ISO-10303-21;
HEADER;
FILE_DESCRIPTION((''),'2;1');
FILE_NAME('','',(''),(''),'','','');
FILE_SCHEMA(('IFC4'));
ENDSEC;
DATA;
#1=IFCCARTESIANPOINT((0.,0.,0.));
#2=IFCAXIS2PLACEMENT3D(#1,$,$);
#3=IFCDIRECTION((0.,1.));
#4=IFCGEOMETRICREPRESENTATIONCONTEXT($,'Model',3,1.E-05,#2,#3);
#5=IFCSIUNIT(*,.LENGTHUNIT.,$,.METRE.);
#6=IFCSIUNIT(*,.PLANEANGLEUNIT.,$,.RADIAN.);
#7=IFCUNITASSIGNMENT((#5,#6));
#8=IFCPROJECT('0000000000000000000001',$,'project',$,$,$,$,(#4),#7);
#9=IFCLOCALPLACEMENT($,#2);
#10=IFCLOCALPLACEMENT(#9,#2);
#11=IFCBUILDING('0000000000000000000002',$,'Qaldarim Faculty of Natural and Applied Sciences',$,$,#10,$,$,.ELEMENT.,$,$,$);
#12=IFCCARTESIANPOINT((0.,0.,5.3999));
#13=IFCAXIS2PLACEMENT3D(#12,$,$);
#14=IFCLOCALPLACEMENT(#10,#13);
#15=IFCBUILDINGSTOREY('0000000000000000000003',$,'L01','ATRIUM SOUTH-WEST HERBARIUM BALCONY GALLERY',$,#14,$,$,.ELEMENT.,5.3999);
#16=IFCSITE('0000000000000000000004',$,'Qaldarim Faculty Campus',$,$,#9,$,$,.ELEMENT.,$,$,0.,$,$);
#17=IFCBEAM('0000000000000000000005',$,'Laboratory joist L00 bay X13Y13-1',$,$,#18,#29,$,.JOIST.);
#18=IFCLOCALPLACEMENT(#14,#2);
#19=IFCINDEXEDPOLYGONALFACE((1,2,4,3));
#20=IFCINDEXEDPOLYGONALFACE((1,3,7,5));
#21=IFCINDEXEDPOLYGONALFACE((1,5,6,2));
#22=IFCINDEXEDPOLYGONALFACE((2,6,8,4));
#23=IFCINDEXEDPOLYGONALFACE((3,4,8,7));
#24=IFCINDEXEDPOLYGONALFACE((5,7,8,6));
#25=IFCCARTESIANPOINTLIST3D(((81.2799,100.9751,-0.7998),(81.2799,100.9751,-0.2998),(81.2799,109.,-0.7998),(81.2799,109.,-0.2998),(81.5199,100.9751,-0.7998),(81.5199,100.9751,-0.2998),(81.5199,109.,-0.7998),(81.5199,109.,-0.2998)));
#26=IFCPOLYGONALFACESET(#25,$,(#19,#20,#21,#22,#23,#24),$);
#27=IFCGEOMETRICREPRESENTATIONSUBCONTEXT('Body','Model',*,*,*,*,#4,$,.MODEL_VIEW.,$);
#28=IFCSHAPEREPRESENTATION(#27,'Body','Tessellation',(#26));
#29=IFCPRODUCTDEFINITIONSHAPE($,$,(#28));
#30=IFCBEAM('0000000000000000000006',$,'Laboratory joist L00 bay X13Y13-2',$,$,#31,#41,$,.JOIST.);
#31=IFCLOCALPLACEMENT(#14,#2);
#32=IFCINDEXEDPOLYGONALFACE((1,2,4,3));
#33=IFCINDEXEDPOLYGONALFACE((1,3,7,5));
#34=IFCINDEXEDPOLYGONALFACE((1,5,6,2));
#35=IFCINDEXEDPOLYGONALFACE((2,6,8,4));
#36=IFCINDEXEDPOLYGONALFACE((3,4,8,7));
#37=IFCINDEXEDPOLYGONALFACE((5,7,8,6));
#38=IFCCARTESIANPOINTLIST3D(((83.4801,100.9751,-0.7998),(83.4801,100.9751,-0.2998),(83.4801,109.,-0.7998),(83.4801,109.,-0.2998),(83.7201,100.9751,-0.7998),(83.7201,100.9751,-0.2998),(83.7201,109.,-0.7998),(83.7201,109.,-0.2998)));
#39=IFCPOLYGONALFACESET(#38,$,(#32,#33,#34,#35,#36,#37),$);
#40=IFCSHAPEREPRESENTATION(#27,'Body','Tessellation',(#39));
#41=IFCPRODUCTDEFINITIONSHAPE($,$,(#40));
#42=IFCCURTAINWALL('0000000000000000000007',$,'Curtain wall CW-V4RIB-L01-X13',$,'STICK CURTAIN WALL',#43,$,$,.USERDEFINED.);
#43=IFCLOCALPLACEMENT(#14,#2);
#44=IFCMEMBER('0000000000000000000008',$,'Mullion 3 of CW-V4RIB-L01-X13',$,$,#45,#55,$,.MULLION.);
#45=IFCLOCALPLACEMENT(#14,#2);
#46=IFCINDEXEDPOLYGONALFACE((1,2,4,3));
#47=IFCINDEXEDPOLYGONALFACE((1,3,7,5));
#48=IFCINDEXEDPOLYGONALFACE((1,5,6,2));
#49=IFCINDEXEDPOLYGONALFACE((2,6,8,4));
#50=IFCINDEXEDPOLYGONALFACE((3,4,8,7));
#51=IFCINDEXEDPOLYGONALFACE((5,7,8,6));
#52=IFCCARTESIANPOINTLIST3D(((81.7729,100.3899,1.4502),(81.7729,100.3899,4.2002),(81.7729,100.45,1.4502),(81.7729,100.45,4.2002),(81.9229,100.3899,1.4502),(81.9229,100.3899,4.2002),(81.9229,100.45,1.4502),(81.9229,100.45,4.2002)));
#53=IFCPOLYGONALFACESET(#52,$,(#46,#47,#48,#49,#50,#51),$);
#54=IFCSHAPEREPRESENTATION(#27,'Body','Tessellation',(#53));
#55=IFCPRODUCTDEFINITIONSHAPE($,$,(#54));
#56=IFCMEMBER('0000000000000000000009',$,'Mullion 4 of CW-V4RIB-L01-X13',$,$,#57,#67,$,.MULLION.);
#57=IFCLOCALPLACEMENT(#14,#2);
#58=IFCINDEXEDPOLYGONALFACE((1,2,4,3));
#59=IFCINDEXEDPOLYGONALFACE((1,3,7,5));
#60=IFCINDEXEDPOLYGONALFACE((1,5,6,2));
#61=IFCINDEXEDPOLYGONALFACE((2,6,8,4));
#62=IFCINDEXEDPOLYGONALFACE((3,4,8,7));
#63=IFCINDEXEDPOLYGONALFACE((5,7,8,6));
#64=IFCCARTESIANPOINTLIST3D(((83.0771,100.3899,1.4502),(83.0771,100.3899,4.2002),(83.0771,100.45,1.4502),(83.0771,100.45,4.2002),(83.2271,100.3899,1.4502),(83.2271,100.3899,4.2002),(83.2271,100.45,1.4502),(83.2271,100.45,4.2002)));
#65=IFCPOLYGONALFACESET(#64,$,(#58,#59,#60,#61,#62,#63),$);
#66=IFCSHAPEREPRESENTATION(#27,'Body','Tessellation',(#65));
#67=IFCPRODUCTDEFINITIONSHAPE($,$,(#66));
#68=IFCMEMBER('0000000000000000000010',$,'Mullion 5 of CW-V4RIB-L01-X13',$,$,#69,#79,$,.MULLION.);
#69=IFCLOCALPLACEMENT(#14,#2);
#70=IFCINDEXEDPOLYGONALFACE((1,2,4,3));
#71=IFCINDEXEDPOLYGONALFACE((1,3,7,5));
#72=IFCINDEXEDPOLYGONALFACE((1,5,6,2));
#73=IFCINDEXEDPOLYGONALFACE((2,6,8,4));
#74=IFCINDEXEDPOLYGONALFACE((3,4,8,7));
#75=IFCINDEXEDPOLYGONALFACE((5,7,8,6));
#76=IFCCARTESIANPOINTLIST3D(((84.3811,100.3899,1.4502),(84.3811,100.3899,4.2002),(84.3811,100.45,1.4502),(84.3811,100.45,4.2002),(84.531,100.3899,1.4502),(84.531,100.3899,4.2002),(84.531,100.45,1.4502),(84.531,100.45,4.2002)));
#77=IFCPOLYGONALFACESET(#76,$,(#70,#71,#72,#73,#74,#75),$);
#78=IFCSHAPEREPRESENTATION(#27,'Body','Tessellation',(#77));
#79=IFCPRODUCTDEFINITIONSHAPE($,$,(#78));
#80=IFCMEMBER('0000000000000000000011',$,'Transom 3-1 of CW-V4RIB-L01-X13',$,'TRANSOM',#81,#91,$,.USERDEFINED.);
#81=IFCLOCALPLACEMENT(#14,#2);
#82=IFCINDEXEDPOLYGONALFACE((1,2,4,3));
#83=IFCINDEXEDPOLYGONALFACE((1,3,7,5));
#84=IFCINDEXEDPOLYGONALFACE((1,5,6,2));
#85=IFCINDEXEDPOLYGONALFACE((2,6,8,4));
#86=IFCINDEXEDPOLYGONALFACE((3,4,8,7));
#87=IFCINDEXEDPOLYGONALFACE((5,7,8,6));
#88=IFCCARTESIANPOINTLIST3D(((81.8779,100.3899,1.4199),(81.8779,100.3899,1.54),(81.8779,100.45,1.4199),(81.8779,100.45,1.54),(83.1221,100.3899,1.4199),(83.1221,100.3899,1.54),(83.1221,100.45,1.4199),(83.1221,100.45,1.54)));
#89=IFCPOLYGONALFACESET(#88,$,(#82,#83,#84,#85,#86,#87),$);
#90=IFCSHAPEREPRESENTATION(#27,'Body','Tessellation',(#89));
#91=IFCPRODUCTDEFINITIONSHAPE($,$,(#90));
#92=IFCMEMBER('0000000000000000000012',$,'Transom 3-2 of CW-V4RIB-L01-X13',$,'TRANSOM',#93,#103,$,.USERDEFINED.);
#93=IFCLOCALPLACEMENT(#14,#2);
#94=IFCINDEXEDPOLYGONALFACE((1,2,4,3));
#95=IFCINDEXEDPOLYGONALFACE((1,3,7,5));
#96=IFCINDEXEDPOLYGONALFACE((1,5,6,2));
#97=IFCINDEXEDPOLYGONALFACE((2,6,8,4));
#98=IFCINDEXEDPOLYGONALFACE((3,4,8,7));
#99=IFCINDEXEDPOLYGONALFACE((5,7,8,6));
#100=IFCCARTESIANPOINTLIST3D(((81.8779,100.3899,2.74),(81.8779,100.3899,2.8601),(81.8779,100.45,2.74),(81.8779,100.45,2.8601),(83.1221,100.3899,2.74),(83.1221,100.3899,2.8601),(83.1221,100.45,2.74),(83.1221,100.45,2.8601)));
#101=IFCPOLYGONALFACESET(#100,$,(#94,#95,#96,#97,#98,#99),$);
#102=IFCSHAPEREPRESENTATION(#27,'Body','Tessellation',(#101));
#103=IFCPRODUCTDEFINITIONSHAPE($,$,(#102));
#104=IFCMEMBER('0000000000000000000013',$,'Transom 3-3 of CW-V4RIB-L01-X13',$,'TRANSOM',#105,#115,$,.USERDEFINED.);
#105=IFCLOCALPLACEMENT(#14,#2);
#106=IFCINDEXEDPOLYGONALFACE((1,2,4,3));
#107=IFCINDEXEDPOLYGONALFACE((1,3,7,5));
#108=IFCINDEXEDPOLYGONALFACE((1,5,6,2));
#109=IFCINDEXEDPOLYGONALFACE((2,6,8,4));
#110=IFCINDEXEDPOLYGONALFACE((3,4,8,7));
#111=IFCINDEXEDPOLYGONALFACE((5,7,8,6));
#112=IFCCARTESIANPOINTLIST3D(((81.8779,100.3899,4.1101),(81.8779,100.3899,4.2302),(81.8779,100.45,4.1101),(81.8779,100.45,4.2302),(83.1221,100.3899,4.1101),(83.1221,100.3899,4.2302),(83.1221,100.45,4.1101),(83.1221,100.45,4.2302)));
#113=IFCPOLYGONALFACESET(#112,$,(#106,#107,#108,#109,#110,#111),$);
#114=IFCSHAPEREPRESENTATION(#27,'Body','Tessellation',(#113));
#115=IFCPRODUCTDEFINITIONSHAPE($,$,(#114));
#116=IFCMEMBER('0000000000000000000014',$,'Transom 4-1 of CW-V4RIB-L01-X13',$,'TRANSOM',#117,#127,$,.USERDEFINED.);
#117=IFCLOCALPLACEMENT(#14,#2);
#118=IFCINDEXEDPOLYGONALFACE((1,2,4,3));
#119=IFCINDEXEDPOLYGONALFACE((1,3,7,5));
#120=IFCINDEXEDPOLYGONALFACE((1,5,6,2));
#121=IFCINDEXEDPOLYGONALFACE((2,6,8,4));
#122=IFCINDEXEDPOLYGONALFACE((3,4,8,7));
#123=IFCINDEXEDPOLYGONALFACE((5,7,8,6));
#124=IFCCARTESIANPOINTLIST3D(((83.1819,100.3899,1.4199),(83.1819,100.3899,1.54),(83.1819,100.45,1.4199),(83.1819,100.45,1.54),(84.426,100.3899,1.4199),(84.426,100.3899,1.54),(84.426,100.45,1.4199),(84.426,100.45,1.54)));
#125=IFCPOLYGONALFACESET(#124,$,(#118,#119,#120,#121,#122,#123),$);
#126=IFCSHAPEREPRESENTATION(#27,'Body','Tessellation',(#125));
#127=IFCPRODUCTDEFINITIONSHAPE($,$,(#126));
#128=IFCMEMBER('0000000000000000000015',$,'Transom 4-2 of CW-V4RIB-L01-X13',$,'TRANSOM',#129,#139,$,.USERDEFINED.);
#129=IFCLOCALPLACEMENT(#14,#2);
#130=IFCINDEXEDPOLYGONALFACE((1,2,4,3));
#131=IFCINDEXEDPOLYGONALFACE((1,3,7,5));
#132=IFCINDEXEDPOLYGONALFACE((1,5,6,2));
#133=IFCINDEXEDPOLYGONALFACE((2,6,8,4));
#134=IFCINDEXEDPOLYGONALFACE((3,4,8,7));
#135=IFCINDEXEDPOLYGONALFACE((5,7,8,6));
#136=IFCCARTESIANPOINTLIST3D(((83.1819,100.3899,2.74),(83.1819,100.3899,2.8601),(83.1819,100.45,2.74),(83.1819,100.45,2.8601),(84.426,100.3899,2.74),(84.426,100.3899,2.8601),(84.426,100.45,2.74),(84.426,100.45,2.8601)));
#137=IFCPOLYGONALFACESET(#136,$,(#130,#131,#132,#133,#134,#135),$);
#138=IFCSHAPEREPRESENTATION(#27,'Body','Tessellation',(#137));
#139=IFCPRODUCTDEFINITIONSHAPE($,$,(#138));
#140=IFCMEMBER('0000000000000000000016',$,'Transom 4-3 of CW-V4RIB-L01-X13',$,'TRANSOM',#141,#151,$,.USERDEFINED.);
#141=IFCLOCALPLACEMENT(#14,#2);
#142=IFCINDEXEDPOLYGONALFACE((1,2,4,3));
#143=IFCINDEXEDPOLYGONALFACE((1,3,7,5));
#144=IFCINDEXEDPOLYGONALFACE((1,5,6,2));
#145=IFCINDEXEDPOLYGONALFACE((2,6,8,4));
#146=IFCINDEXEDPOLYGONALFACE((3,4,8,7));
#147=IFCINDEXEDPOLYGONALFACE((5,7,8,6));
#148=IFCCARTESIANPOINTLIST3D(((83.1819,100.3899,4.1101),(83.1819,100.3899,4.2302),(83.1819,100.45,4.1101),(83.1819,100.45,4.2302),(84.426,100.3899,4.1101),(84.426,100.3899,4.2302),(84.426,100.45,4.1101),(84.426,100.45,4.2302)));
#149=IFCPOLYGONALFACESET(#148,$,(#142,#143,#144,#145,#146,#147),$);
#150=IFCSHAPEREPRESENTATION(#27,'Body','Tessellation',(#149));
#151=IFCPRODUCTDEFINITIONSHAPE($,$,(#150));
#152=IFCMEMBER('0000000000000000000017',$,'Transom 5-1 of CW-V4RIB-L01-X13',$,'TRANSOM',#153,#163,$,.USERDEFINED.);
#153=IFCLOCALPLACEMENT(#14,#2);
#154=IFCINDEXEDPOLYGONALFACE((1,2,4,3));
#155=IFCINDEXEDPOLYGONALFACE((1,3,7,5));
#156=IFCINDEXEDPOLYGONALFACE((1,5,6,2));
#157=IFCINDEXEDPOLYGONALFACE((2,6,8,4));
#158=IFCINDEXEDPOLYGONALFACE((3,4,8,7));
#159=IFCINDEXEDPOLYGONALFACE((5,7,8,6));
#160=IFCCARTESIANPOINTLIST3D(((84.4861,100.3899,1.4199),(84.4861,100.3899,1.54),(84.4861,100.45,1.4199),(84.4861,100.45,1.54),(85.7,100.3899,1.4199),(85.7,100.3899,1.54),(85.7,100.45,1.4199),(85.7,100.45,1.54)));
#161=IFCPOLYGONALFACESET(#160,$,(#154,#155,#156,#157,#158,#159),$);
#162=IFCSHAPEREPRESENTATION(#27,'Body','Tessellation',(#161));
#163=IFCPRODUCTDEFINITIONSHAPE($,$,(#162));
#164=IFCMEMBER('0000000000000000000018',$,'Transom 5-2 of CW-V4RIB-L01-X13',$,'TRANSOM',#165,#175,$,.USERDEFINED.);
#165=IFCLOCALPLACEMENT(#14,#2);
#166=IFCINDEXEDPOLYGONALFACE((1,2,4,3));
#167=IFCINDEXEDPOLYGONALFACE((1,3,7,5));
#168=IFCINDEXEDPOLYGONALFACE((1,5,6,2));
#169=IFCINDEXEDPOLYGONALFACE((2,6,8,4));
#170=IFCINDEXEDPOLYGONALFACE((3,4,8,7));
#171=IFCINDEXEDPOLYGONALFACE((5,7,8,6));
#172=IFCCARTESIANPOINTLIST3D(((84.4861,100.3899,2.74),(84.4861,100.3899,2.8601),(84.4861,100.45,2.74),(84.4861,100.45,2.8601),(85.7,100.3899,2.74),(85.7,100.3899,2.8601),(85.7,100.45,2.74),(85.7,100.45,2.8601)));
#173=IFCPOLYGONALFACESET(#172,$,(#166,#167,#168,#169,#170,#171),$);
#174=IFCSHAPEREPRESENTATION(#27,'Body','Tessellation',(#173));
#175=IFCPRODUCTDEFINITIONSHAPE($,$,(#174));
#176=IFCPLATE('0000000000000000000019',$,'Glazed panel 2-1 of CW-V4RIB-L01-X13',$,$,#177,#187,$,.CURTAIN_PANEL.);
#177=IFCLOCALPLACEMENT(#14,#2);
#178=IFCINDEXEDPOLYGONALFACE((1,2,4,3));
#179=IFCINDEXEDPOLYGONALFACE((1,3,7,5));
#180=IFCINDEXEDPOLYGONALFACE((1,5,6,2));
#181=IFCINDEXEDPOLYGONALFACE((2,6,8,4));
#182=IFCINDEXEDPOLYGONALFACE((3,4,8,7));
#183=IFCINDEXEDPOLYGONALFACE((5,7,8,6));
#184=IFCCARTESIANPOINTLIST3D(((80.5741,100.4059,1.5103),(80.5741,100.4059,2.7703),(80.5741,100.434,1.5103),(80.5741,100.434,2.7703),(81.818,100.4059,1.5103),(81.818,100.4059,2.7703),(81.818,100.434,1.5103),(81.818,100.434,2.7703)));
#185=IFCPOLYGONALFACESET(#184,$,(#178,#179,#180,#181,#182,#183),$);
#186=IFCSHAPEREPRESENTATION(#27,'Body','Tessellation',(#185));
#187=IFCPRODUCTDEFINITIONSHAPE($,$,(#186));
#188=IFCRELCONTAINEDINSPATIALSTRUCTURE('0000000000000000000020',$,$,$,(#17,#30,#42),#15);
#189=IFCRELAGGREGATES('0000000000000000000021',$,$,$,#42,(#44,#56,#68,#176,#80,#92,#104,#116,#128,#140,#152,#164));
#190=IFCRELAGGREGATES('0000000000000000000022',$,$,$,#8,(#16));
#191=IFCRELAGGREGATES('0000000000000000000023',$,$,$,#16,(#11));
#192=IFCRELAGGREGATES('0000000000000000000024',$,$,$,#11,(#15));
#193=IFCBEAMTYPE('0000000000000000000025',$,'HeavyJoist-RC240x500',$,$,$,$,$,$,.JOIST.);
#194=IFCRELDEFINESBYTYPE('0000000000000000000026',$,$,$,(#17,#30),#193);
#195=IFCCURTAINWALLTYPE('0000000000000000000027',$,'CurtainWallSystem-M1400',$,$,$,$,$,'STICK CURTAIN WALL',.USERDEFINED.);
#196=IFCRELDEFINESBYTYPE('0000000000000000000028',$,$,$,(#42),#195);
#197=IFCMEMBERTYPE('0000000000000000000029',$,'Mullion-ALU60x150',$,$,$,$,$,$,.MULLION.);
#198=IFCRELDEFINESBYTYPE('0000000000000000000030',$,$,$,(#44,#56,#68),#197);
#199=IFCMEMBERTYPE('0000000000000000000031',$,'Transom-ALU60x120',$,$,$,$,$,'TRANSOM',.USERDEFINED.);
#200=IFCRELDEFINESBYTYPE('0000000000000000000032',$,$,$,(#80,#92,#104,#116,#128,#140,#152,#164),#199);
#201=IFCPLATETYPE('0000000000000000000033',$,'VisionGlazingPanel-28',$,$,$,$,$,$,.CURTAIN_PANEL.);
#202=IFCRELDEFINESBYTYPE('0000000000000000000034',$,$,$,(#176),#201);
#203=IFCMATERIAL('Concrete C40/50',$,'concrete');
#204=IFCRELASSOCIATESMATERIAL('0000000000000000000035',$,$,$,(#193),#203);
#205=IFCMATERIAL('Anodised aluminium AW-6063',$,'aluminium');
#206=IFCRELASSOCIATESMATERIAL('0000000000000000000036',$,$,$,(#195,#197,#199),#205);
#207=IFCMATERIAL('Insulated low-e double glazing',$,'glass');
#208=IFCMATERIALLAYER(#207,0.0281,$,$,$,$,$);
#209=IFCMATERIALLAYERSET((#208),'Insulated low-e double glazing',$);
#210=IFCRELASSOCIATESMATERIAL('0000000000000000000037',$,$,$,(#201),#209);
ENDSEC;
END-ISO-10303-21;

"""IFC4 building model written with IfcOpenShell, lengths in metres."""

from ifc_helpers import new_model, si_unit, direction, frame, origin, origin_2d, place, context, subcontext, project, spatial, rectangle, extrude, material, layer, layer_set, material_profile, profile_set, type_object, element, aggregate, save


model = new_model("IFC4")

# Units and contexts
model_context = context("Model", 3, precision=1e-05, world=origin(), true_north=direction((0.0, 1.0)))
body_context = subcontext(model_context, "Body", "Model", "MODEL_VIEW")
ifc_project = project(units=[si_unit("LENGTHUNIT", "METRE"), si_unit("PLANEANGLEUNIT", "RADIAN")], contexts=[model_context])

# Site, building, storey
site_placement = place(None, origin())
site = spatial("IfcSite", under=ifc_project, at=site_placement, Name="Qaldarim Faculty Campus", CompositionType="ELEMENT", RefElevation=0.0)
building_placement = place(site_placement, origin())
building = spatial("IfcBuilding", under=site, at=building_placement, Name="Qaldarim Faculty of Natural and Applied Sciences", CompositionType="ELEMENT")
storey_placement = place(building_placement, frame((0.0, 0.0, 5.3999)))
storey = spatial("IfcBuildingStorey", under=building, at=storey_placement, Name="L01", Description="ATRIUM SOUTH-WEST HERBARIUM BALCONY GALLERY", CompositionType="ELEMENT", Elevation=5.3999)

# Beams
ifc_material_1 = material(Name="Concrete C40/50", Category="concrete")
ifc_material_profile_1 = material_profile(ifc_material_1, rectangle(XDim=0.24, YDim=0.5, at=origin_2d()), Name="RC-J240x500")
ifc_profile_set_1 = profile_set([ifc_material_profile_1], Name="Concrete C40/50")
beam_type = type_object("IfcBeamType", Name="HeavyJoist-RC240x500", PredefinedType="JOIST", material=ifc_profile_set_1)
for number, where, z_axis, x_axis, name in (
    (1, (81.3999, 100.9751, -0.5498), (0.0, 1.0, 0.0), (-1.0, 0.0, 0.0), "Laboratory joist L00 bay X13Y13-1"),
    (2, (83.6001, 100.9751, -0.5498), (0.0, 1.0, 0.0), (-1.0, 0.0, 0.0), "Laboratory joist L00 bay X13Y13-2"),
):
    element("IfcBeam", number, at=place(storey_placement, frame(where, z_axis=z_axis, x_axis=x_axis)), inside=storey, type_object=beam_type, Name=name, PredefinedType="JOIST", context=body_context, shape_type="SweptSolid", body=[
        extrude(rectangle(XDim=0.24, YDim=0.5, at=origin_2d()), origin(), (0.0, 0.0, 1.0), 8.0249),
    ])

# Curtain wall, members, plate
ifc_material_2 = material(Name="Anodised aluminium AW-6063", Category="aluminium")
curtain_wall_type = type_object("IfcCurtainWallType", Name="CurtainWallSystem-M1400", ElementType="STICK CURTAIN WALL", PredefinedType="USERDEFINED", material=ifc_material_2)
curtain_wall_placement = place(storey_placement, origin())
curtain_wall = element("IfcCurtainWall", 3, at=curtain_wall_placement, inside=storey, type_object=curtain_wall_type, Name="Curtain wall CW-V4RIB-L01-X13", ObjectType="STICK CURTAIN WALL", PredefinedType="USERDEFINED")
ifc_material_profile_2 = material_profile(ifc_material_2, rectangle(XDim=0.0601, YDim=0.1499, at=origin_2d()), Name="ALU-M60x150")
ifc_profile_set_2 = profile_set([ifc_material_profile_2], Name="Anodised aluminium AW-6063")
member_type_1 = type_object("IfcMemberType", Name="Mullion-ALU60x150", PredefinedType="MULLION", material=ifc_profile_set_2)
member_1_placement = place(storey_placement, frame((81.8479, 100.4199, 1.4502), z_axis=(0.0, 0.0, 1.0), x_axis=(0.0, 1.0, 0.0)))
member_1 = element("IfcMember", 4, at=member_1_placement, type_object=member_type_1, Name="Mullion 3 of CW-V4RIB-L01-X13", PredefinedType="MULLION", context=body_context, shape_type="SweptSolid", body=[
    extrude(rectangle(XDim=0.0601, YDim=0.1499, at=origin_2d()), origin(), (0.0, 0.0, 1.0), 2.75),
])
member_2_placement = place(storey_placement, frame((83.1521, 100.4199, 1.4502), z_axis=(0.0, 0.0, 1.0), x_axis=(0.0, 1.0, 0.0)))
member_2 = element("IfcMember", 5, at=member_2_placement, type_object=member_type_1, Name="Mullion 4 of CW-V4RIB-L01-X13", PredefinedType="MULLION", context=body_context, shape_type="SweptSolid", body=[
    extrude(rectangle(XDim=0.0601, YDim=0.1499, at=origin_2d()), origin(), (0.0, 0.0, 1.0), 2.75),
])
member_3_placement = place(storey_placement, frame((84.4561, 100.4199, 1.4502), z_axis=(0.0, 0.0, 1.0), x_axis=(0.0, 1.0, 0.0)))
member_3 = element("IfcMember", 6, at=member_3_placement, type_object=member_type_1, Name="Mullion 5 of CW-V4RIB-L01-X13", PredefinedType="MULLION", context=body_context, shape_type="SweptSolid", body=[
    extrude(rectangle(XDim=0.0601, YDim=0.1499, at=origin_2d()), origin(), (0.0, 0.0, 1.0), 2.75),
])
ifc_material_profile_3 = material_profile(ifc_material_2, rectangle(XDim=0.0601, YDim=0.1201, at=origin_2d()), Name="ALU-T60x120")
ifc_profile_set_3 = profile_set([ifc_material_profile_3], Name="Anodised aluminium AW-6063")
member_type_2 = type_object("IfcMemberType", Name="Transom-ALU60x120", ElementType="TRANSOM", PredefinedType="USERDEFINED", material=ifc_profile_set_3)
member_4_placement = place(storey_placement, frame((81.8779, 100.4199, 1.48), z_axis=(1.0, 0.0, 0.0), x_axis=(0.0, 1.0, 0.0)))
member_4 = element("IfcMember", 7, at=member_4_placement, type_object=member_type_2, Name="Transom 3-1 of CW-V4RIB-L01-X13", ObjectType="TRANSOM", PredefinedType="USERDEFINED", context=body_context, shape_type="SweptSolid", body=[
    extrude(rectangle(XDim=0.0601, YDim=0.1201, at=origin_2d()), origin(), (0.0, 0.0, 1.0), 1.2441),
])
member_5_placement = place(storey_placement, frame((81.8779, 100.4199, 2.8), z_axis=(1.0, 0.0, 0.0), x_axis=(0.0, 1.0, 0.0)))
member_5 = element("IfcMember", 8, at=member_5_placement, type_object=member_type_2, Name="Transom 3-2 of CW-V4RIB-L01-X13", ObjectType="TRANSOM", PredefinedType="USERDEFINED", context=body_context, shape_type="SweptSolid", body=[
    extrude(rectangle(XDim=0.0601, YDim=0.1201, at=origin_2d()), origin(), (0.0, 0.0, 1.0), 1.2441),
])
member_6_placement = place(storey_placement, frame((81.8779, 100.4199, 4.1702), z_axis=(1.0, 0.0, 0.0), x_axis=(0.0, 1.0, 0.0)))
member_6 = element("IfcMember", 9, at=member_6_placement, type_object=member_type_2, Name="Transom 3-3 of CW-V4RIB-L01-X13", ObjectType="TRANSOM", PredefinedType="USERDEFINED", context=body_context, shape_type="SweptSolid", body=[
    extrude(rectangle(XDim=0.0601, YDim=0.1201, at=origin_2d()), origin(), (0.0, 0.0, 1.0), 1.2441),
])
member_7_placement = place(storey_placement, frame((83.1819, 100.4199, 1.48), z_axis=(1.0, 0.0, 0.0), x_axis=(0.0, 1.0, 0.0)))
member_7 = element("IfcMember", 10, at=member_7_placement, type_object=member_type_2, Name="Transom 4-1 of CW-V4RIB-L01-X13", ObjectType="TRANSOM", PredefinedType="USERDEFINED", context=body_context, shape_type="SweptSolid", body=[
    extrude(rectangle(XDim=0.0601, YDim=0.1201, at=origin_2d()), origin(), (0.0, 0.0, 1.0), 1.2441),
])
member_8_placement = place(storey_placement, frame((83.1819, 100.4199, 2.8), z_axis=(1.0, 0.0, 0.0), x_axis=(0.0, 1.0, 0.0)))
member_8 = element("IfcMember", 11, at=member_8_placement, type_object=member_type_2, Name="Transom 4-2 of CW-V4RIB-L01-X13", ObjectType="TRANSOM", PredefinedType="USERDEFINED", context=body_context, shape_type="SweptSolid", body=[
    extrude(rectangle(XDim=0.0601, YDim=0.1201, at=origin_2d()), origin(), (0.0, 0.0, 1.0), 1.2441),
])
member_9_placement = place(storey_placement, frame((83.1819, 100.4199, 4.1702), z_axis=(1.0, 0.0, 0.0), x_axis=(0.0, 1.0, 0.0)))
member_9 = element("IfcMember", 12, at=member_9_placement, type_object=member_type_2, Name="Transom 4-3 of CW-V4RIB-L01-X13", ObjectType="TRANSOM", PredefinedType="USERDEFINED", context=body_context, shape_type="SweptSolid", body=[
    extrude(rectangle(XDim=0.0601, YDim=0.1201, at=origin_2d()), origin(), (0.0, 0.0, 1.0), 1.2441),
])
member_10_placement = place(storey_placement, frame((84.4861, 100.4199, 1.48), z_axis=(1.0, 0.0, 0.0), x_axis=(0.0, 1.0, 0.0)))
member_10 = element("IfcMember", 13, at=member_10_placement, type_object=member_type_2, Name="Transom 5-1 of CW-V4RIB-L01-X13", ObjectType="TRANSOM", PredefinedType="USERDEFINED", context=body_context, shape_type="SweptSolid", body=[
    extrude(rectangle(XDim=0.0601, YDim=0.1201, at=origin_2d()), origin(), (0.0, 0.0, 1.0), 1.2139),
])
member_11_placement = place(storey_placement, frame((84.4861, 100.4199, 2.8), z_axis=(1.0, 0.0, 0.0), x_axis=(0.0, 1.0, 0.0)))
member_11 = element("IfcMember", 14, at=member_11_placement, type_object=member_type_2, Name="Transom 5-2 of CW-V4RIB-L01-X13", ObjectType="TRANSOM", PredefinedType="USERDEFINED", context=body_context, shape_type="SweptSolid", body=[
    extrude(rectangle(XDim=0.0601, YDim=0.1201, at=origin_2d()), origin(), (0.0, 0.0, 1.0), 1.2139),
])
ifc_material_3 = material(Name="Insulated low-e double glazing", Category="glass")
ifc_layer_1 = layer(ifc_material_3, 0.0281)
ifc_layer_set_1 = layer_set([ifc_layer_1], Name="Insulated low-e double glazing")
plate_type = type_object("IfcPlateType", Name="VisionGlazingPanel-28", PredefinedType="CURTAIN_PANEL", material=ifc_layer_set_1)
plate_1_placement = place(storey_placement, frame((81.196, 100.4199, 1.5103), z_axis=(0.0, 0.0, 1.0), x_axis=(1.0, 0.0, 0.0)))
plate_1 = element("IfcPlate", 15, at=plate_1_placement, type_object=plate_type, Name="Glazed panel 2-1 of CW-V4RIB-L01-X13", PredefinedType="CURTAIN_PANEL", context=body_context, shape_type="SweptSolid", body=[
    extrude(rectangle(XDim=1.2439, YDim=0.0281, at=origin_2d()), origin(), (0.0, 0.0, 1.0), 1.26),
])
aggregate(curtain_wall, [member_1, member_2, member_3, plate_1, member_4, member_5, member_6, member_7, member_8, member_9, member_10, member_11])

save(model, "model.ifc")
